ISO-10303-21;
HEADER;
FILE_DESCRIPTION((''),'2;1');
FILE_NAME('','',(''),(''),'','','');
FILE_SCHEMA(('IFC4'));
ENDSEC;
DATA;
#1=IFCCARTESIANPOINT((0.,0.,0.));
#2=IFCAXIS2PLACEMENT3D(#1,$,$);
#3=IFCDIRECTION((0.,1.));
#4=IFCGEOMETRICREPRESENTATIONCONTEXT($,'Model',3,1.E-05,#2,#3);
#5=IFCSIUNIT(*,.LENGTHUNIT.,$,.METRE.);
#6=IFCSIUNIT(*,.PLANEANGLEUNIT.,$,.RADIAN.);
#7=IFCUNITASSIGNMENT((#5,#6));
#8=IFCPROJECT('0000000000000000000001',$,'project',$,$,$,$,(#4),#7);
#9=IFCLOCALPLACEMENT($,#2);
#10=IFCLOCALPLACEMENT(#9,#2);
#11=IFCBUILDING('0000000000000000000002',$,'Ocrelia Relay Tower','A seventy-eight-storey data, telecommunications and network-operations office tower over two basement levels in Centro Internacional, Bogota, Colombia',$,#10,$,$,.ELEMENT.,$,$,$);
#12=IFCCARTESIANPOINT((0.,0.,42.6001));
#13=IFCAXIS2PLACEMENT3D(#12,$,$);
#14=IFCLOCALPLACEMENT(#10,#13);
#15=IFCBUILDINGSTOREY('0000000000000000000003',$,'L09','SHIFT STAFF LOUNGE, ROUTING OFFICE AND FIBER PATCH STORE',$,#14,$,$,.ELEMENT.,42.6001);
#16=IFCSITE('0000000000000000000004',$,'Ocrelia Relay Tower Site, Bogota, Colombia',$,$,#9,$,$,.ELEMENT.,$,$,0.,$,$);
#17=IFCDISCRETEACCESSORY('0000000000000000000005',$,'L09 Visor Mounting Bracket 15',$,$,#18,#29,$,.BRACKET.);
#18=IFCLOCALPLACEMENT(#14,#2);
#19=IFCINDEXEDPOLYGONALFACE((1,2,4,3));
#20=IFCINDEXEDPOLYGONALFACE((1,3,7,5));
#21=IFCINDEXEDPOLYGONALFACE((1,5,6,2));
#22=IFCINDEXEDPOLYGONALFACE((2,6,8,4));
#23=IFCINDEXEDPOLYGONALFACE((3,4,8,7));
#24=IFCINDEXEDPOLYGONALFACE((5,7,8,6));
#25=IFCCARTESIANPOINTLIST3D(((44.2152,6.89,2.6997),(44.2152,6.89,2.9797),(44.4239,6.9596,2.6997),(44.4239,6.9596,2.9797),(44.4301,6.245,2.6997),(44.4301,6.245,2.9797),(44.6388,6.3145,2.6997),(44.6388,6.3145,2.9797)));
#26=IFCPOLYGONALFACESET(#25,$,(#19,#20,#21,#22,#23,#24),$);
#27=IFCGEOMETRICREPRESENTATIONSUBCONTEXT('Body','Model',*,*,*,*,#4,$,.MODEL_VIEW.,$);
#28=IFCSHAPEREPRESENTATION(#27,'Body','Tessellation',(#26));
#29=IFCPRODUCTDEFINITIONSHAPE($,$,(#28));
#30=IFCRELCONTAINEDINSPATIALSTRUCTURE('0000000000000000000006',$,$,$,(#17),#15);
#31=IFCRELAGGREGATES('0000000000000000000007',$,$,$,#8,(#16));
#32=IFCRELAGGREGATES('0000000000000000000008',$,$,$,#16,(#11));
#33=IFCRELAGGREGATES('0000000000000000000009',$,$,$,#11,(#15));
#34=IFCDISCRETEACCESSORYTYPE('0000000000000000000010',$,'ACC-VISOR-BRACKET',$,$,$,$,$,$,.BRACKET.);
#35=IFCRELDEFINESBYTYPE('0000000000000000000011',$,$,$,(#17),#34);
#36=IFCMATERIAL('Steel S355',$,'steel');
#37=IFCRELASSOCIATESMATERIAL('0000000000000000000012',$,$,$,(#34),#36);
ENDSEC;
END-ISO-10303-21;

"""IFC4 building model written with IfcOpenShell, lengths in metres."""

from ifc_helpers import new_model, si_unit, direction, frame, origin, origin_2d, place, context, subcontext, project, spatial, rectangle, extrude, material, type_object, element, save


model = new_model("IFC4")

# Units and contexts
model_context = context("Model", 3, precision=1e-05, world=origin(), true_north=direction((0.0, 1.0)))
body_context = subcontext(model_context, "Body", "Model", "MODEL_VIEW")
ifc_project = project(units=[si_unit("LENGTHUNIT", "METRE"), si_unit("PLANEANGLEUNIT", "RADIAN")], contexts=[model_context])

# Site, building, storey
site_placement = place(None, origin())
site = spatial("IfcSite", under=ifc_project, at=site_placement, Name="Ocrelia Relay Tower Site, Bogota, Colombia", CompositionType="ELEMENT", RefElevation=0.0)
building_placement = place(site_placement, origin())
building = spatial("IfcBuilding", under=site, at=building_placement, Name="Ocrelia Relay Tower", Description="A seventy-eight-storey data, telecommunications and network-operations office tower over two basement levels in Centro Internacional, Bogota, Colombia", CompositionType="ELEMENT")
storey_placement = place(building_placement, frame((0.0, 0.0, 42.6001)))
storey = spatial("IfcBuildingStorey", under=building, at=storey_placement, Name="L09", Description="SHIFT STAFF LOUNGE, ROUTING OFFICE AND FIBER PATCH STORE", CompositionType="ELEMENT", Elevation=42.6001)

# Shared definitions
ifc_material_1 = material(Name="Steel S355", Category="steel")

# Discrete accessory
discrete_accessory_type_1 = type_object("IfcDiscreteAccessoryType", Name="ACC-VISOR-BRACKET", PredefinedType="BRACKET", material=ifc_material_1)
for number, where, z_axis, x_axis, name in (
    (1, (44.427, 6.6023, 2.6997), (0.0, 0.0, 1.0), (0.9487, 0.316177, 0.0), "L09 Visor Mounting Bracket 15"),
):
    element("IfcDiscreteAccessory", number, at=place(storey_placement, frame(where, z_axis=z_axis, x_axis=x_axis)), inside=storey, type_object=discrete_accessory_type_1, Name=name, PredefinedType="BRACKET", context=body_context, shape_type="SweptSolid", body=[
        extrude(rectangle(XDim=0.22, YDim=0.6799, at=origin_2d()), origin(), (0.0, 0.0, 1.0), 0.28),
    ])

save(model, "model.ifc")
